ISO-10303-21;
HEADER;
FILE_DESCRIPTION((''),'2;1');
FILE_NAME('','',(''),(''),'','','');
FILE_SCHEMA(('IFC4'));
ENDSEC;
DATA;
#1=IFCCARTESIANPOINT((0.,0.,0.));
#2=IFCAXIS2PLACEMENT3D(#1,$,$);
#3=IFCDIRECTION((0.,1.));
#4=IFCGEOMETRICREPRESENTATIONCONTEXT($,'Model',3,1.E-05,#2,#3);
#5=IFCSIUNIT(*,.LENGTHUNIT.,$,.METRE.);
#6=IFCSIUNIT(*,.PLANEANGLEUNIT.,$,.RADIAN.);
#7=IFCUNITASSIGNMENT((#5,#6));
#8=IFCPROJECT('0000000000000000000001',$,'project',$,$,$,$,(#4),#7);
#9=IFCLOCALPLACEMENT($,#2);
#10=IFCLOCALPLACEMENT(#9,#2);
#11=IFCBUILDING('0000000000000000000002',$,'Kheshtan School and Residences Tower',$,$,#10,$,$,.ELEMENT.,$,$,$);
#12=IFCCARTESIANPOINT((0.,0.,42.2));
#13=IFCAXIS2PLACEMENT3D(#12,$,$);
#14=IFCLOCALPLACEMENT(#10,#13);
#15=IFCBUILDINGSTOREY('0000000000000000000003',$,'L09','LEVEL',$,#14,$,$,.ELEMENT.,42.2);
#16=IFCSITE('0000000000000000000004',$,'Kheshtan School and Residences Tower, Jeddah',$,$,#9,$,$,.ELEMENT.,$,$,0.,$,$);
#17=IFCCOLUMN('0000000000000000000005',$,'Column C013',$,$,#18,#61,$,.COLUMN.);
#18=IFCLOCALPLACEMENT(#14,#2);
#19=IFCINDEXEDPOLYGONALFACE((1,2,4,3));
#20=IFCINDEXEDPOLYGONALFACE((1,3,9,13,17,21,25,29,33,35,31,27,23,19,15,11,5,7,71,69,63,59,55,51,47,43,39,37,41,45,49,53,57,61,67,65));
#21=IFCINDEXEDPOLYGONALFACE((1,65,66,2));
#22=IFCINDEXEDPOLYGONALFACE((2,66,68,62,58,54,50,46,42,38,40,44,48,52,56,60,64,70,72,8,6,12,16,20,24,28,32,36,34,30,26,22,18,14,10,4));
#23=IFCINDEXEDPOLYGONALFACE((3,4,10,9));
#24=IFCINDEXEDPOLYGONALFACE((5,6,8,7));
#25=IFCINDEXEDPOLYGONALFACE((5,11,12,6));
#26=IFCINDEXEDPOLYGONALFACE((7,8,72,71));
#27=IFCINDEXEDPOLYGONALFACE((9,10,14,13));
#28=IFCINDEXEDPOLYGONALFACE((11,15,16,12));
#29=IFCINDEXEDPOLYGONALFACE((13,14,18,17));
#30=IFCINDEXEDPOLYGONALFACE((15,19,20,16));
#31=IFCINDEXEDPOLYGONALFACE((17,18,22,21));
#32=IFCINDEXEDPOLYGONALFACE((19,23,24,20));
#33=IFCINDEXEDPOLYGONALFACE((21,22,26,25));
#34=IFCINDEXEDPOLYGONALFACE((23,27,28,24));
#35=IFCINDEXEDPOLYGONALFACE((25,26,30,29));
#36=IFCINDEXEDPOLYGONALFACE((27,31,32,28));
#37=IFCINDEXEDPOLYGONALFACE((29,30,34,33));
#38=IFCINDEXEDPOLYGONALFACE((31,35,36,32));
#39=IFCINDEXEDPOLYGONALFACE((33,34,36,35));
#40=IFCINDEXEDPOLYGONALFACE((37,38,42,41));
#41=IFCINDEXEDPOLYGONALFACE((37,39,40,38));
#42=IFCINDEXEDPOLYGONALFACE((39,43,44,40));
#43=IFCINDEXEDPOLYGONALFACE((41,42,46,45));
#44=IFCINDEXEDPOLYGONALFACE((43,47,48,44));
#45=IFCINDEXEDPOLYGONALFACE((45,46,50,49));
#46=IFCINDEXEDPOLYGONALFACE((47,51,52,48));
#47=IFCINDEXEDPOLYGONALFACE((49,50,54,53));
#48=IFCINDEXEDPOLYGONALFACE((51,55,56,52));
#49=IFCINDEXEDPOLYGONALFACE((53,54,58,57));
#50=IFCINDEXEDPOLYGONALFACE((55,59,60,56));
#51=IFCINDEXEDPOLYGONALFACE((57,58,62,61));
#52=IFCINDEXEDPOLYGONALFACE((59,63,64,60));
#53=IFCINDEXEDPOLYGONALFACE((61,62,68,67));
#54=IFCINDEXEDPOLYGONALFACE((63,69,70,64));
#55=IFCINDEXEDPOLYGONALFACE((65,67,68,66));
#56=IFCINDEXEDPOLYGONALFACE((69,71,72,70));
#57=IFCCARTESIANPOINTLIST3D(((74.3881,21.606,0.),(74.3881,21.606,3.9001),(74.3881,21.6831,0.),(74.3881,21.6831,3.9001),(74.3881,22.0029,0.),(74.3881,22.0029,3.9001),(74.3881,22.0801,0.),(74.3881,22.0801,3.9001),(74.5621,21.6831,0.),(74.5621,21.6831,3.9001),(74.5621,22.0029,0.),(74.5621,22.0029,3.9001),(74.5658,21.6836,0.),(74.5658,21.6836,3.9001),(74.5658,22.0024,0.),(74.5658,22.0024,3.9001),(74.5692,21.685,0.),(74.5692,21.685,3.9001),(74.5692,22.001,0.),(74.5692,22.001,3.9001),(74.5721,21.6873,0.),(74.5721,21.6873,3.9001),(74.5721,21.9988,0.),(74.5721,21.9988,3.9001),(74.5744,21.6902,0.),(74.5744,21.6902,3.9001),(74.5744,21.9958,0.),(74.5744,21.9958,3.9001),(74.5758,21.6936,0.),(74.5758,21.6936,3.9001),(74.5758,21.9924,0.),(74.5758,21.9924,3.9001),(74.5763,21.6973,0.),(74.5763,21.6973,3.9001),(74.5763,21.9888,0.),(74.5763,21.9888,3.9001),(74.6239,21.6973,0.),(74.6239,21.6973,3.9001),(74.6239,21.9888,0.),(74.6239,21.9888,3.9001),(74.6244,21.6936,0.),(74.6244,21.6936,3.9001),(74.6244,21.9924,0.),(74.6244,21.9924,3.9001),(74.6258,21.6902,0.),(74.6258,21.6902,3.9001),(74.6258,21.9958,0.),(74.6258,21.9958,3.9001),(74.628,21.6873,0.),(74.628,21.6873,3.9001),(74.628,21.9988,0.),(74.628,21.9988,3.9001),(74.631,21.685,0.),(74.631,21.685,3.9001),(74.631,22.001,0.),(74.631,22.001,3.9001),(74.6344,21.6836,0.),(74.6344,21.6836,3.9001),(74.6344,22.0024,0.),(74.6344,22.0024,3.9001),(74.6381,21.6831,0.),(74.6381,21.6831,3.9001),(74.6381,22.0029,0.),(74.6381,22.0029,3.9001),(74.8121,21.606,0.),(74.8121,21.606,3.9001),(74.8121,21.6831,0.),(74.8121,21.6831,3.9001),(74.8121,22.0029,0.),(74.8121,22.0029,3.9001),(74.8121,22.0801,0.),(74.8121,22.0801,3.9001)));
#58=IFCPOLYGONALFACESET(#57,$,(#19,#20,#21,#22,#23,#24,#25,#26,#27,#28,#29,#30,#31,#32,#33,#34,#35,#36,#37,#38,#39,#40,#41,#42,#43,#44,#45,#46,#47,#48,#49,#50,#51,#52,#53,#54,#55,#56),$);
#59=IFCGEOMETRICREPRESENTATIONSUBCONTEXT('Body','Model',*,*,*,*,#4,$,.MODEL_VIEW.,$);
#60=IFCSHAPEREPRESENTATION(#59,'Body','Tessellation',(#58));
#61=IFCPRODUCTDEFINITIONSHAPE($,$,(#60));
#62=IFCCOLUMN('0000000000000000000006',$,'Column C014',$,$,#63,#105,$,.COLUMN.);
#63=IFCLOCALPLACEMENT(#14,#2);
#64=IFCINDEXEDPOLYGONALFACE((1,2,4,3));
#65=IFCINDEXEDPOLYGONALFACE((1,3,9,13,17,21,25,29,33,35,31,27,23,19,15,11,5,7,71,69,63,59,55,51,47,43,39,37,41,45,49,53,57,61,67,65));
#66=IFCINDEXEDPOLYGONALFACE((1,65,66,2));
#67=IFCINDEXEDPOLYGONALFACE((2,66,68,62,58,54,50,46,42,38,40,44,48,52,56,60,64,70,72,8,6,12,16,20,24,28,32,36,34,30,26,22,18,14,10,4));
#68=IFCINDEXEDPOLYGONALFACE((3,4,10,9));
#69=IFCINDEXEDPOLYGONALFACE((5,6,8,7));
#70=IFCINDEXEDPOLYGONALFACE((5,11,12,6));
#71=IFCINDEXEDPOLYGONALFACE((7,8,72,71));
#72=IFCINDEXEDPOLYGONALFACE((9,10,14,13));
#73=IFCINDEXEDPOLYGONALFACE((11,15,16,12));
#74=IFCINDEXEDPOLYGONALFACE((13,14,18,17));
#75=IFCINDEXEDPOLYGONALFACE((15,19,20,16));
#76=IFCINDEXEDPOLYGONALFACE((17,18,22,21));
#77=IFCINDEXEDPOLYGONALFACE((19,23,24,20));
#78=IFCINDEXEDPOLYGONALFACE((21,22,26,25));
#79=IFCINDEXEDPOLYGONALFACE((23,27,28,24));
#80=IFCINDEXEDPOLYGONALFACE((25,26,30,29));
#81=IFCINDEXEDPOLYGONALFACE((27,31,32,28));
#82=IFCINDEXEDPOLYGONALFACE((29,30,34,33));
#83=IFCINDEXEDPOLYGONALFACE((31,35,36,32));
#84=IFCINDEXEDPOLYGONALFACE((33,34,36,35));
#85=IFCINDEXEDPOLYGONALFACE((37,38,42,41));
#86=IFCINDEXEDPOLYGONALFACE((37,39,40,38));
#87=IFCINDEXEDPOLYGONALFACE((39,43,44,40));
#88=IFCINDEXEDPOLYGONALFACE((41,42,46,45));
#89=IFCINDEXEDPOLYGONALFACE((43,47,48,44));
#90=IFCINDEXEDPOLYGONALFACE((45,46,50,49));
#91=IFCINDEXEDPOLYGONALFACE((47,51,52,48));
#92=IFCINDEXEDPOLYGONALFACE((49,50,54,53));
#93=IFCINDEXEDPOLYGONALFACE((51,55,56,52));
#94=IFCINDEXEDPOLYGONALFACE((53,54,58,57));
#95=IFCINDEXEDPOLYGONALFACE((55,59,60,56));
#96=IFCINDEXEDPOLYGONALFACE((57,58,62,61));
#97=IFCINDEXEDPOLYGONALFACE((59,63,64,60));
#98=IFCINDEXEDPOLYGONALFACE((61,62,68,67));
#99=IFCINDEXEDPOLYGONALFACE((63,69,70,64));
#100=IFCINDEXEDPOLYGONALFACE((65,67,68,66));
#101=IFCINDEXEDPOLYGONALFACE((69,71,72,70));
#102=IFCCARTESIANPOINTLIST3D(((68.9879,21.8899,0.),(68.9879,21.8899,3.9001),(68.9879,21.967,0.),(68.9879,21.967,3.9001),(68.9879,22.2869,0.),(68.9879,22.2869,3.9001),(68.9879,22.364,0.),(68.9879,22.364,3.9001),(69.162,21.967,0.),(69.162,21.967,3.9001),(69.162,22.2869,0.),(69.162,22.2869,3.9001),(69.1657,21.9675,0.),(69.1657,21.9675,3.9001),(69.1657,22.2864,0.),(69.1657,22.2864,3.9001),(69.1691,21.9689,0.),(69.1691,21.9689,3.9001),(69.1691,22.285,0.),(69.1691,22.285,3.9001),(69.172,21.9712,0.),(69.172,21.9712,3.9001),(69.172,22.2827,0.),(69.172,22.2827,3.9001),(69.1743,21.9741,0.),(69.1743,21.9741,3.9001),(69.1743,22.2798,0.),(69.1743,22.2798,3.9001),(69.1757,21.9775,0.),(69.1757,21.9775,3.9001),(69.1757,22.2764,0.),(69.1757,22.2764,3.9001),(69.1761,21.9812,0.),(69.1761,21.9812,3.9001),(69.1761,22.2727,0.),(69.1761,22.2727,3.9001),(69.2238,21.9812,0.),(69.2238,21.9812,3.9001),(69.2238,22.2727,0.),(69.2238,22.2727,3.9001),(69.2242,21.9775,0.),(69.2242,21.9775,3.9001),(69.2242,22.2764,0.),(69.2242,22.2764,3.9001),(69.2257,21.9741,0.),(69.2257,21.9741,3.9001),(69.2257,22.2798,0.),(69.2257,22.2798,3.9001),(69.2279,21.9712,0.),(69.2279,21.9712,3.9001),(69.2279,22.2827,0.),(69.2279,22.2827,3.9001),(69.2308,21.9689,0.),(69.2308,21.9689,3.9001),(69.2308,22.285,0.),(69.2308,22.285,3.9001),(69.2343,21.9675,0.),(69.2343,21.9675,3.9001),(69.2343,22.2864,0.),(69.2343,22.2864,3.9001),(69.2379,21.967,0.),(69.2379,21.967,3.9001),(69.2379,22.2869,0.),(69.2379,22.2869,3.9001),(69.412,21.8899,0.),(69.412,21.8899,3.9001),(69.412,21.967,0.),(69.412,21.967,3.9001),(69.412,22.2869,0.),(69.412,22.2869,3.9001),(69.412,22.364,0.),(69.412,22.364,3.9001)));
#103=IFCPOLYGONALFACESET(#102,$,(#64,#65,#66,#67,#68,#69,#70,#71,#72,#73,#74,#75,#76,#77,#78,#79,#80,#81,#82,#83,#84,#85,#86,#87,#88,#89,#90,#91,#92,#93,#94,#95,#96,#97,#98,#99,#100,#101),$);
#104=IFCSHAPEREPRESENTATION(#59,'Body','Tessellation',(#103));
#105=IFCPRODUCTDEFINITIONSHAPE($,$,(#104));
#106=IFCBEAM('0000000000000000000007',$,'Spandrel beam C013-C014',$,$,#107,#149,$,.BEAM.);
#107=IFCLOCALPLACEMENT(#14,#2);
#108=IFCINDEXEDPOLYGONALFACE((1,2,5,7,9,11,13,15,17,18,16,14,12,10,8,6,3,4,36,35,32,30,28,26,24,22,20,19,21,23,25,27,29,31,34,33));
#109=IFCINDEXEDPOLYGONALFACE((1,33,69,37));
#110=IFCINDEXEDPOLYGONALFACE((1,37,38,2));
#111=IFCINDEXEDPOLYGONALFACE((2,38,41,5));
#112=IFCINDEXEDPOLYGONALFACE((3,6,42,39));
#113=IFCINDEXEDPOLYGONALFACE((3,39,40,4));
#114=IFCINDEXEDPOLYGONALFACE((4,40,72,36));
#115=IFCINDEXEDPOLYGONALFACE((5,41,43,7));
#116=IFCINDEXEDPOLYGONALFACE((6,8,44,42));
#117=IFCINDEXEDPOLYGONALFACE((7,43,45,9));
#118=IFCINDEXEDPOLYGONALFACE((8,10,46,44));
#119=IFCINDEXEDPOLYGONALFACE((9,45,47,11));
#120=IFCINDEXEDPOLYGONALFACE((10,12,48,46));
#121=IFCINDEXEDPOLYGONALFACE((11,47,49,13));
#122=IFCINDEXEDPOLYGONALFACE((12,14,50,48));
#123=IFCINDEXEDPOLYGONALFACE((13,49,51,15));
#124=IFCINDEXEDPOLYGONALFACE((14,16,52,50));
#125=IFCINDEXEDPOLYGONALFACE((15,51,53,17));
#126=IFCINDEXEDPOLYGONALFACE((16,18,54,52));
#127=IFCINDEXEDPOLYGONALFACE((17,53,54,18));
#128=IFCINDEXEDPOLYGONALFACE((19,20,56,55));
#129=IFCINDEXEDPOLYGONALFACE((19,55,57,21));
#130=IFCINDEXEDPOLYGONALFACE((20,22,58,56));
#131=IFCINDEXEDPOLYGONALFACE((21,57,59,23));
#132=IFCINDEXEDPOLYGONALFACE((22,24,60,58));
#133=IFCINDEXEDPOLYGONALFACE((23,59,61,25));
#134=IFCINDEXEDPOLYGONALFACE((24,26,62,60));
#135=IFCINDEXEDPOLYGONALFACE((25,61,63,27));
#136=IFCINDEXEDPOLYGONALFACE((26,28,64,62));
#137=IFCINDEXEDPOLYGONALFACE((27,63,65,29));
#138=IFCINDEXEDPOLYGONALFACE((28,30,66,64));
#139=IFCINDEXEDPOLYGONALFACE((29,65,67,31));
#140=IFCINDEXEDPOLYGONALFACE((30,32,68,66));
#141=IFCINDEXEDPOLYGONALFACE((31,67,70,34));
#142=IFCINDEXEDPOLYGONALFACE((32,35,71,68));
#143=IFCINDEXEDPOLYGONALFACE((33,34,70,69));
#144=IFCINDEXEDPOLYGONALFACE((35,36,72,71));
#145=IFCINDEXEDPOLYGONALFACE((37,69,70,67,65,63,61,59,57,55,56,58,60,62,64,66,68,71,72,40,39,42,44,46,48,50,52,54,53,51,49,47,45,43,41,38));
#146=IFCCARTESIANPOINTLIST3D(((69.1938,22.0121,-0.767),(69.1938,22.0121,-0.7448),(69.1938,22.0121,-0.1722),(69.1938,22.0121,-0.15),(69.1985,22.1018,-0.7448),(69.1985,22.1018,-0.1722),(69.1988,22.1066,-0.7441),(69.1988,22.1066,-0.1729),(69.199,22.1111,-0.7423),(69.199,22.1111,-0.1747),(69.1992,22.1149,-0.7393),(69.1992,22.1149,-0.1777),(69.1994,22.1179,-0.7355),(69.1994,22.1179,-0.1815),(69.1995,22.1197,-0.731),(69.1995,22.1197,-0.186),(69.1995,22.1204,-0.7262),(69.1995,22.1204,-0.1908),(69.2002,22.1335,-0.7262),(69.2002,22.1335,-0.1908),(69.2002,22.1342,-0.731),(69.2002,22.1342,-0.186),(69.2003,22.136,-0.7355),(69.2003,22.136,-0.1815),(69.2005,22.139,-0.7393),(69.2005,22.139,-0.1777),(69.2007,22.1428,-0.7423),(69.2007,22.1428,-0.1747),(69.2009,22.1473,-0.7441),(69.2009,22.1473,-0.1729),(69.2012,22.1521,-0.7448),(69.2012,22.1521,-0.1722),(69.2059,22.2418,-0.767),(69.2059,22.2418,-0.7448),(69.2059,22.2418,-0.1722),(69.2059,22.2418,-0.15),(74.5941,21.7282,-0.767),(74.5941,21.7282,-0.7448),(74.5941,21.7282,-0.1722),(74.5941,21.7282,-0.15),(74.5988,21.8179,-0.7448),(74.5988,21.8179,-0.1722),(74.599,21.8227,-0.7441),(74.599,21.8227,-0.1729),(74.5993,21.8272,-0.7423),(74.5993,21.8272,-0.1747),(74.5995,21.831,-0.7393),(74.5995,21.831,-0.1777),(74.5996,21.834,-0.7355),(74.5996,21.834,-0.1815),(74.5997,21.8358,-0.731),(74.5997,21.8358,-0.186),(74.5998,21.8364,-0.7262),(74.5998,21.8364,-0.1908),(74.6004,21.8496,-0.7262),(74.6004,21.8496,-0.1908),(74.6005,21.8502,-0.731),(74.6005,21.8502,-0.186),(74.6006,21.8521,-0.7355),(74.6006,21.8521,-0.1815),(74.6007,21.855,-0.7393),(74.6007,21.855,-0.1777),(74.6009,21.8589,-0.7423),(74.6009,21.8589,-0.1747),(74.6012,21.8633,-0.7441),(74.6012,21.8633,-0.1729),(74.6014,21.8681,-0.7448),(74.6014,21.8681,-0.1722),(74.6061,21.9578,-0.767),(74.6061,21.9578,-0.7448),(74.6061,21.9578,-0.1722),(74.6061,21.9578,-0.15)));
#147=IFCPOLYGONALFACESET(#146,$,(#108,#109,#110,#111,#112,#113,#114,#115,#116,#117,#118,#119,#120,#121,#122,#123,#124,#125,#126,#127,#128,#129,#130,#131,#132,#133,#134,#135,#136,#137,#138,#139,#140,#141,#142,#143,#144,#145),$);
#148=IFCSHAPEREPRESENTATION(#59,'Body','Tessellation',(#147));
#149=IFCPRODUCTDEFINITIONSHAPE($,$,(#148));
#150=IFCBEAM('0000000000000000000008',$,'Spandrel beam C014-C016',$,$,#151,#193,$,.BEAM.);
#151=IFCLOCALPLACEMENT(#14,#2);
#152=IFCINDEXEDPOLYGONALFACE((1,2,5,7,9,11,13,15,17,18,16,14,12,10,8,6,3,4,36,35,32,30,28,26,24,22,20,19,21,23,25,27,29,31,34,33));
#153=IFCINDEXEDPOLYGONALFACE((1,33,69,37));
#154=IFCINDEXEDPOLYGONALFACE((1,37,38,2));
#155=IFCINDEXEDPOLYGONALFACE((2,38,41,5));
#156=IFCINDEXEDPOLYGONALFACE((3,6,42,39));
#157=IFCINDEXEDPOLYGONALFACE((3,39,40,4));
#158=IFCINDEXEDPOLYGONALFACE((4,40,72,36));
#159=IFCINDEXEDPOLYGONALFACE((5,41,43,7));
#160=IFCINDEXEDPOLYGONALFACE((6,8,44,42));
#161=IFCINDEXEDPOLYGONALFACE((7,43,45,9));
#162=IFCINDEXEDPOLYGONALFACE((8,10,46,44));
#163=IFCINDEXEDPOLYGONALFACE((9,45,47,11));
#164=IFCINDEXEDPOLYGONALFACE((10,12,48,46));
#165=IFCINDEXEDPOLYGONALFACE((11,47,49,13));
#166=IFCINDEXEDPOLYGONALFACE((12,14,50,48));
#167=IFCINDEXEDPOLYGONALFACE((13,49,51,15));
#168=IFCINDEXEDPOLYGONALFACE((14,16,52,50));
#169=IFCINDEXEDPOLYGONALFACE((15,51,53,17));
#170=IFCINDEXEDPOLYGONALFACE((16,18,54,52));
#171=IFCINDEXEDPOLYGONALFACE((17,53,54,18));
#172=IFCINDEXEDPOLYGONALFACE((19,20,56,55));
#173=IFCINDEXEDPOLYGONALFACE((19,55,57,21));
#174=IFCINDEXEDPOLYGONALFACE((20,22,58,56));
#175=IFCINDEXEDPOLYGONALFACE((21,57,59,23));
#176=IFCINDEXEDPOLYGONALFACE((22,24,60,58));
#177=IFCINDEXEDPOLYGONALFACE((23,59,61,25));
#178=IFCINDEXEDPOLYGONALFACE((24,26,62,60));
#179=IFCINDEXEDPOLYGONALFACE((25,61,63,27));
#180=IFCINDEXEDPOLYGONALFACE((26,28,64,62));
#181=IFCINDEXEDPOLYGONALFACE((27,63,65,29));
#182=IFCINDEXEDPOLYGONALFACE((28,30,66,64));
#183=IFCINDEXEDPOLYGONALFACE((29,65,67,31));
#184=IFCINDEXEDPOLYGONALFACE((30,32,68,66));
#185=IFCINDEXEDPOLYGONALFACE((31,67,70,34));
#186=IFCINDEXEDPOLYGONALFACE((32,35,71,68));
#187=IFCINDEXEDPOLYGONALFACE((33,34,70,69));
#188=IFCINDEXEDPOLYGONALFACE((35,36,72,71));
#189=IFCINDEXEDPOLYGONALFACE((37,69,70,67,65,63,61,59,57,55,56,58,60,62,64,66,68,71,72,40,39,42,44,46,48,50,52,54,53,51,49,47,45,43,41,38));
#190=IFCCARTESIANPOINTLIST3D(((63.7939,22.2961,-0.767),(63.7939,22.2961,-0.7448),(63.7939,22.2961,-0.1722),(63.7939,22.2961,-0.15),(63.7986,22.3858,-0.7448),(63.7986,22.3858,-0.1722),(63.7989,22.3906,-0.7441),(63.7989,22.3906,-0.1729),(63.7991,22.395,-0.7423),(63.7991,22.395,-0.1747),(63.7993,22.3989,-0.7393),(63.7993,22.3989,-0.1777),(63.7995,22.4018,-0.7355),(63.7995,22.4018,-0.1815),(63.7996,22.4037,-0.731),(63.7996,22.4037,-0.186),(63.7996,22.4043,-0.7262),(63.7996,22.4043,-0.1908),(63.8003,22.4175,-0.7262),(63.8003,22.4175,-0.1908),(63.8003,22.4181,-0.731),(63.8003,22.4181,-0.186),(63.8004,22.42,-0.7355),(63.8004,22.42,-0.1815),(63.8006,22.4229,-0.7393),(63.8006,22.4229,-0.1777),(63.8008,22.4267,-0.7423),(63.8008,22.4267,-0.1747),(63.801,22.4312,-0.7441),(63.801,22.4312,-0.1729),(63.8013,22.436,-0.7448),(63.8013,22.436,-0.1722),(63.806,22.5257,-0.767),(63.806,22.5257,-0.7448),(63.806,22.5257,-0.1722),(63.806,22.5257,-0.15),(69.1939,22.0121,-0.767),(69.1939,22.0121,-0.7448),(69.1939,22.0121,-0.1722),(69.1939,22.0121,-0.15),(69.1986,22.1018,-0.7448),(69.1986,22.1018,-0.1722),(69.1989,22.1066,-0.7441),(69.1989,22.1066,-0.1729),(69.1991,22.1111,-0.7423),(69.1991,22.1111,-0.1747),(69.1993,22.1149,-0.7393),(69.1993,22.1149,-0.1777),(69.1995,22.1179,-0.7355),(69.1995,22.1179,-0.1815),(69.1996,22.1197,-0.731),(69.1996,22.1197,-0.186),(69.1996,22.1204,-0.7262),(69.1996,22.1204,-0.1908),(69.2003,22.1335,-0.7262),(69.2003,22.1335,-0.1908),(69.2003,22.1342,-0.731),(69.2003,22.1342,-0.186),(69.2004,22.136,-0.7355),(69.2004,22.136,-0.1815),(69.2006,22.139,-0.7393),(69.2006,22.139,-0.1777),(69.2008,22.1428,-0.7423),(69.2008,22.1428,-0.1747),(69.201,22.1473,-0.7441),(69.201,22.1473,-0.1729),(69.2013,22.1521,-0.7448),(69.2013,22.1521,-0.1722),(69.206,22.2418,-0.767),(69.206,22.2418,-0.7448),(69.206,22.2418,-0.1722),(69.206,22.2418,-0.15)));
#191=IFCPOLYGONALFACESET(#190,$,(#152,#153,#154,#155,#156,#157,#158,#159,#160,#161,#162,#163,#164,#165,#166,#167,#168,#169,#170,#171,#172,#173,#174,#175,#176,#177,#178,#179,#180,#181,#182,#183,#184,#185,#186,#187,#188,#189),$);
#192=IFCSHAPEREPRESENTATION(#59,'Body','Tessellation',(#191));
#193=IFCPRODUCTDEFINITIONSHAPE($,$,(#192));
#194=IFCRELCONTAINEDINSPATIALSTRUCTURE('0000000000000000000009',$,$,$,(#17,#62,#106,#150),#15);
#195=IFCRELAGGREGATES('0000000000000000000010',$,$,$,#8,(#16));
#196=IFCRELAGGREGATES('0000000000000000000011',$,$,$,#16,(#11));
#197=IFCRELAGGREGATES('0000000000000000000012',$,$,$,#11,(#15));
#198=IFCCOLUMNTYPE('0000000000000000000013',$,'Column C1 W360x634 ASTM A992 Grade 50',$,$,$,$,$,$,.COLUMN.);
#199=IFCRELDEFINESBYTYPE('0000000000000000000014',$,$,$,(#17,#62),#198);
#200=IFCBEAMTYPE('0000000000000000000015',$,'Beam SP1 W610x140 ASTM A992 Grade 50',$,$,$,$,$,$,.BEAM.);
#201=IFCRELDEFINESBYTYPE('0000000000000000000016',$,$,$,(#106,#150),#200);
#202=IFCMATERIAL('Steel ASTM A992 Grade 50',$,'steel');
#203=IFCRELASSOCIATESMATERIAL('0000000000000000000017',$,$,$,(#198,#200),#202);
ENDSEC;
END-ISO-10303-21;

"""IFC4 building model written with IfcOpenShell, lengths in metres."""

from ifc_helpers import new_model, si_unit, direction, frame, origin, origin_2d, place, context, subcontext, project, spatial, i_section, extrude, material, material_profile, profile_set, type_object, element, save


model = new_model("IFC4")

# Units and contexts
model_context = context("Model", 3, precision=1e-05, world=origin(), true_north=direction((0.0, 1.0)))
body_context = subcontext(model_context, "Body", "Model", "MODEL_VIEW")
ifc_project = project(units=[si_unit("LENGTHUNIT", "METRE"), si_unit("PLANEANGLEUNIT", "RADIAN")], contexts=[model_context])

# Site, building, storey
site_placement = place(None, origin())
site = spatial("IfcSite", under=ifc_project, at=site_placement, Name="Kheshtan School and Residences Tower, Jeddah", CompositionType="ELEMENT", RefElevation=0.0)
building_placement = place(site_placement, origin())
building = spatial("IfcBuilding", under=site, at=building_placement, Name="Kheshtan School and Residences Tower", CompositionType="ELEMENT")
storey_placement = place(building_placement, frame((0.0, 0.0, 42.2)))
storey = spatial("IfcBuildingStorey", under=building, at=storey_placement, Name="L09", Description="LEVEL", CompositionType="ELEMENT", Elevation=42.2)

# Columns
ifc_material_1 = material(Name="Steel ASTM A992 Grade 50", Category="steel")
ifc_material_profile_1 = material_profile(ifc_material_1, i_section(OverallWidth=0.4241, OverallDepth=0.4741, WebThickness=0.0476, FlangeThickness=0.0771, FilletRadius=0.0142, at=origin_2d()), Name="W360x634")
ifc_profile_set_1 = profile_set([ifc_material_profile_1], Name="Steel ASTM A992 Grade 50")
column_type = type_object("IfcColumnType", Name="Column C1 W360x634 ASTM A992 Grade 50", PredefinedType="COLUMN", material=ifc_profile_set_1)
for number, where, z_axis, x_axis, name in (
    (1, (74.6001, 21.843, 0.0), (0.0, 0.0, 1.0), (1.0, 0.0, 0.0), "Column C013"),
    (2, (69.2, 22.127, 0.0), (0.0, 0.0, 1.0), (1.0, 0.0, 0.0), "Column C014"),
):
    element("IfcColumn", number, at=place(storey_placement, frame(where, z_axis=z_axis, x_axis=x_axis)), inside=storey, type_object=column_type, Name=name, PredefinedType="COLUMN", context=body_context, shape_type="SweptSolid", body=[
        extrude(i_section(OverallWidth=0.4241, OverallDepth=0.4741, WebThickness=0.0476, FlangeThickness=0.0771, FilletRadius=0.0142, at=origin_2d()), origin(), (0.0, 0.0, 1.0), 3.9001),
    ])

# Beams
ifc_material_profile_2 = material_profile(ifc_material_1, i_section(OverallWidth=0.23, OverallDepth=0.6169, WebThickness=0.0132, FlangeThickness=0.0222, FilletRadius=0.0186, at=origin_2d()), Name="W610x140")
ifc_profile_set_2 = profile_set([ifc_material_profile_2], Name="Steel ASTM A992 Grade 50")
beam_type = type_object("IfcBeamType", Name="Beam SP1 W610x140 ASTM A992 Grade 50", PredefinedType="BEAM", material=ifc_profile_set_2)
beam_1_placement = place(storey_placement, frame((74.6001, 21.843, -0.4585), z_axis=(-0.998621, 0.052507, 0.0), x_axis=(-0.052507, -0.998621, 0.0)))
element("IfcBeam", 3, at=beam_1_placement, inside=storey, type_object=beam_type, Name="Spandrel beam C013-C014", PredefinedType="BEAM", context=body_context, shape_type="SweptSolid", body=[
    extrude(i_section(OverallWidth=0.23, OverallDepth=0.6169, WebThickness=0.0132, FlangeThickness=0.0222, FilletRadius=0.0186, at=origin_2d()), origin(), (0.0, 0.0, 1.0), 5.4077),
])
beam_2_placement = place(storey_placement, frame((69.2, 22.127, -0.4585), z_axis=(-0.99862, 0.052509, 0.0), x_axis=(-0.052509, -0.99862, 0.0)))
element("IfcBeam", 4, at=beam_2_placement, inside=storey, type_object=beam_type, Name="Spandrel beam C014-C016", PredefinedType="BEAM", context=body_context, shape_type="SweptSolid", body=[
    extrude(i_section(OverallWidth=0.23, OverallDepth=0.6169, WebThickness=0.0132, FlangeThickness=0.0222, FilletRadius=0.0186, at=origin_2d()), origin(), (0.0, 0.0, 1.0), 5.4075),
])

save(model, "model.ifc")
